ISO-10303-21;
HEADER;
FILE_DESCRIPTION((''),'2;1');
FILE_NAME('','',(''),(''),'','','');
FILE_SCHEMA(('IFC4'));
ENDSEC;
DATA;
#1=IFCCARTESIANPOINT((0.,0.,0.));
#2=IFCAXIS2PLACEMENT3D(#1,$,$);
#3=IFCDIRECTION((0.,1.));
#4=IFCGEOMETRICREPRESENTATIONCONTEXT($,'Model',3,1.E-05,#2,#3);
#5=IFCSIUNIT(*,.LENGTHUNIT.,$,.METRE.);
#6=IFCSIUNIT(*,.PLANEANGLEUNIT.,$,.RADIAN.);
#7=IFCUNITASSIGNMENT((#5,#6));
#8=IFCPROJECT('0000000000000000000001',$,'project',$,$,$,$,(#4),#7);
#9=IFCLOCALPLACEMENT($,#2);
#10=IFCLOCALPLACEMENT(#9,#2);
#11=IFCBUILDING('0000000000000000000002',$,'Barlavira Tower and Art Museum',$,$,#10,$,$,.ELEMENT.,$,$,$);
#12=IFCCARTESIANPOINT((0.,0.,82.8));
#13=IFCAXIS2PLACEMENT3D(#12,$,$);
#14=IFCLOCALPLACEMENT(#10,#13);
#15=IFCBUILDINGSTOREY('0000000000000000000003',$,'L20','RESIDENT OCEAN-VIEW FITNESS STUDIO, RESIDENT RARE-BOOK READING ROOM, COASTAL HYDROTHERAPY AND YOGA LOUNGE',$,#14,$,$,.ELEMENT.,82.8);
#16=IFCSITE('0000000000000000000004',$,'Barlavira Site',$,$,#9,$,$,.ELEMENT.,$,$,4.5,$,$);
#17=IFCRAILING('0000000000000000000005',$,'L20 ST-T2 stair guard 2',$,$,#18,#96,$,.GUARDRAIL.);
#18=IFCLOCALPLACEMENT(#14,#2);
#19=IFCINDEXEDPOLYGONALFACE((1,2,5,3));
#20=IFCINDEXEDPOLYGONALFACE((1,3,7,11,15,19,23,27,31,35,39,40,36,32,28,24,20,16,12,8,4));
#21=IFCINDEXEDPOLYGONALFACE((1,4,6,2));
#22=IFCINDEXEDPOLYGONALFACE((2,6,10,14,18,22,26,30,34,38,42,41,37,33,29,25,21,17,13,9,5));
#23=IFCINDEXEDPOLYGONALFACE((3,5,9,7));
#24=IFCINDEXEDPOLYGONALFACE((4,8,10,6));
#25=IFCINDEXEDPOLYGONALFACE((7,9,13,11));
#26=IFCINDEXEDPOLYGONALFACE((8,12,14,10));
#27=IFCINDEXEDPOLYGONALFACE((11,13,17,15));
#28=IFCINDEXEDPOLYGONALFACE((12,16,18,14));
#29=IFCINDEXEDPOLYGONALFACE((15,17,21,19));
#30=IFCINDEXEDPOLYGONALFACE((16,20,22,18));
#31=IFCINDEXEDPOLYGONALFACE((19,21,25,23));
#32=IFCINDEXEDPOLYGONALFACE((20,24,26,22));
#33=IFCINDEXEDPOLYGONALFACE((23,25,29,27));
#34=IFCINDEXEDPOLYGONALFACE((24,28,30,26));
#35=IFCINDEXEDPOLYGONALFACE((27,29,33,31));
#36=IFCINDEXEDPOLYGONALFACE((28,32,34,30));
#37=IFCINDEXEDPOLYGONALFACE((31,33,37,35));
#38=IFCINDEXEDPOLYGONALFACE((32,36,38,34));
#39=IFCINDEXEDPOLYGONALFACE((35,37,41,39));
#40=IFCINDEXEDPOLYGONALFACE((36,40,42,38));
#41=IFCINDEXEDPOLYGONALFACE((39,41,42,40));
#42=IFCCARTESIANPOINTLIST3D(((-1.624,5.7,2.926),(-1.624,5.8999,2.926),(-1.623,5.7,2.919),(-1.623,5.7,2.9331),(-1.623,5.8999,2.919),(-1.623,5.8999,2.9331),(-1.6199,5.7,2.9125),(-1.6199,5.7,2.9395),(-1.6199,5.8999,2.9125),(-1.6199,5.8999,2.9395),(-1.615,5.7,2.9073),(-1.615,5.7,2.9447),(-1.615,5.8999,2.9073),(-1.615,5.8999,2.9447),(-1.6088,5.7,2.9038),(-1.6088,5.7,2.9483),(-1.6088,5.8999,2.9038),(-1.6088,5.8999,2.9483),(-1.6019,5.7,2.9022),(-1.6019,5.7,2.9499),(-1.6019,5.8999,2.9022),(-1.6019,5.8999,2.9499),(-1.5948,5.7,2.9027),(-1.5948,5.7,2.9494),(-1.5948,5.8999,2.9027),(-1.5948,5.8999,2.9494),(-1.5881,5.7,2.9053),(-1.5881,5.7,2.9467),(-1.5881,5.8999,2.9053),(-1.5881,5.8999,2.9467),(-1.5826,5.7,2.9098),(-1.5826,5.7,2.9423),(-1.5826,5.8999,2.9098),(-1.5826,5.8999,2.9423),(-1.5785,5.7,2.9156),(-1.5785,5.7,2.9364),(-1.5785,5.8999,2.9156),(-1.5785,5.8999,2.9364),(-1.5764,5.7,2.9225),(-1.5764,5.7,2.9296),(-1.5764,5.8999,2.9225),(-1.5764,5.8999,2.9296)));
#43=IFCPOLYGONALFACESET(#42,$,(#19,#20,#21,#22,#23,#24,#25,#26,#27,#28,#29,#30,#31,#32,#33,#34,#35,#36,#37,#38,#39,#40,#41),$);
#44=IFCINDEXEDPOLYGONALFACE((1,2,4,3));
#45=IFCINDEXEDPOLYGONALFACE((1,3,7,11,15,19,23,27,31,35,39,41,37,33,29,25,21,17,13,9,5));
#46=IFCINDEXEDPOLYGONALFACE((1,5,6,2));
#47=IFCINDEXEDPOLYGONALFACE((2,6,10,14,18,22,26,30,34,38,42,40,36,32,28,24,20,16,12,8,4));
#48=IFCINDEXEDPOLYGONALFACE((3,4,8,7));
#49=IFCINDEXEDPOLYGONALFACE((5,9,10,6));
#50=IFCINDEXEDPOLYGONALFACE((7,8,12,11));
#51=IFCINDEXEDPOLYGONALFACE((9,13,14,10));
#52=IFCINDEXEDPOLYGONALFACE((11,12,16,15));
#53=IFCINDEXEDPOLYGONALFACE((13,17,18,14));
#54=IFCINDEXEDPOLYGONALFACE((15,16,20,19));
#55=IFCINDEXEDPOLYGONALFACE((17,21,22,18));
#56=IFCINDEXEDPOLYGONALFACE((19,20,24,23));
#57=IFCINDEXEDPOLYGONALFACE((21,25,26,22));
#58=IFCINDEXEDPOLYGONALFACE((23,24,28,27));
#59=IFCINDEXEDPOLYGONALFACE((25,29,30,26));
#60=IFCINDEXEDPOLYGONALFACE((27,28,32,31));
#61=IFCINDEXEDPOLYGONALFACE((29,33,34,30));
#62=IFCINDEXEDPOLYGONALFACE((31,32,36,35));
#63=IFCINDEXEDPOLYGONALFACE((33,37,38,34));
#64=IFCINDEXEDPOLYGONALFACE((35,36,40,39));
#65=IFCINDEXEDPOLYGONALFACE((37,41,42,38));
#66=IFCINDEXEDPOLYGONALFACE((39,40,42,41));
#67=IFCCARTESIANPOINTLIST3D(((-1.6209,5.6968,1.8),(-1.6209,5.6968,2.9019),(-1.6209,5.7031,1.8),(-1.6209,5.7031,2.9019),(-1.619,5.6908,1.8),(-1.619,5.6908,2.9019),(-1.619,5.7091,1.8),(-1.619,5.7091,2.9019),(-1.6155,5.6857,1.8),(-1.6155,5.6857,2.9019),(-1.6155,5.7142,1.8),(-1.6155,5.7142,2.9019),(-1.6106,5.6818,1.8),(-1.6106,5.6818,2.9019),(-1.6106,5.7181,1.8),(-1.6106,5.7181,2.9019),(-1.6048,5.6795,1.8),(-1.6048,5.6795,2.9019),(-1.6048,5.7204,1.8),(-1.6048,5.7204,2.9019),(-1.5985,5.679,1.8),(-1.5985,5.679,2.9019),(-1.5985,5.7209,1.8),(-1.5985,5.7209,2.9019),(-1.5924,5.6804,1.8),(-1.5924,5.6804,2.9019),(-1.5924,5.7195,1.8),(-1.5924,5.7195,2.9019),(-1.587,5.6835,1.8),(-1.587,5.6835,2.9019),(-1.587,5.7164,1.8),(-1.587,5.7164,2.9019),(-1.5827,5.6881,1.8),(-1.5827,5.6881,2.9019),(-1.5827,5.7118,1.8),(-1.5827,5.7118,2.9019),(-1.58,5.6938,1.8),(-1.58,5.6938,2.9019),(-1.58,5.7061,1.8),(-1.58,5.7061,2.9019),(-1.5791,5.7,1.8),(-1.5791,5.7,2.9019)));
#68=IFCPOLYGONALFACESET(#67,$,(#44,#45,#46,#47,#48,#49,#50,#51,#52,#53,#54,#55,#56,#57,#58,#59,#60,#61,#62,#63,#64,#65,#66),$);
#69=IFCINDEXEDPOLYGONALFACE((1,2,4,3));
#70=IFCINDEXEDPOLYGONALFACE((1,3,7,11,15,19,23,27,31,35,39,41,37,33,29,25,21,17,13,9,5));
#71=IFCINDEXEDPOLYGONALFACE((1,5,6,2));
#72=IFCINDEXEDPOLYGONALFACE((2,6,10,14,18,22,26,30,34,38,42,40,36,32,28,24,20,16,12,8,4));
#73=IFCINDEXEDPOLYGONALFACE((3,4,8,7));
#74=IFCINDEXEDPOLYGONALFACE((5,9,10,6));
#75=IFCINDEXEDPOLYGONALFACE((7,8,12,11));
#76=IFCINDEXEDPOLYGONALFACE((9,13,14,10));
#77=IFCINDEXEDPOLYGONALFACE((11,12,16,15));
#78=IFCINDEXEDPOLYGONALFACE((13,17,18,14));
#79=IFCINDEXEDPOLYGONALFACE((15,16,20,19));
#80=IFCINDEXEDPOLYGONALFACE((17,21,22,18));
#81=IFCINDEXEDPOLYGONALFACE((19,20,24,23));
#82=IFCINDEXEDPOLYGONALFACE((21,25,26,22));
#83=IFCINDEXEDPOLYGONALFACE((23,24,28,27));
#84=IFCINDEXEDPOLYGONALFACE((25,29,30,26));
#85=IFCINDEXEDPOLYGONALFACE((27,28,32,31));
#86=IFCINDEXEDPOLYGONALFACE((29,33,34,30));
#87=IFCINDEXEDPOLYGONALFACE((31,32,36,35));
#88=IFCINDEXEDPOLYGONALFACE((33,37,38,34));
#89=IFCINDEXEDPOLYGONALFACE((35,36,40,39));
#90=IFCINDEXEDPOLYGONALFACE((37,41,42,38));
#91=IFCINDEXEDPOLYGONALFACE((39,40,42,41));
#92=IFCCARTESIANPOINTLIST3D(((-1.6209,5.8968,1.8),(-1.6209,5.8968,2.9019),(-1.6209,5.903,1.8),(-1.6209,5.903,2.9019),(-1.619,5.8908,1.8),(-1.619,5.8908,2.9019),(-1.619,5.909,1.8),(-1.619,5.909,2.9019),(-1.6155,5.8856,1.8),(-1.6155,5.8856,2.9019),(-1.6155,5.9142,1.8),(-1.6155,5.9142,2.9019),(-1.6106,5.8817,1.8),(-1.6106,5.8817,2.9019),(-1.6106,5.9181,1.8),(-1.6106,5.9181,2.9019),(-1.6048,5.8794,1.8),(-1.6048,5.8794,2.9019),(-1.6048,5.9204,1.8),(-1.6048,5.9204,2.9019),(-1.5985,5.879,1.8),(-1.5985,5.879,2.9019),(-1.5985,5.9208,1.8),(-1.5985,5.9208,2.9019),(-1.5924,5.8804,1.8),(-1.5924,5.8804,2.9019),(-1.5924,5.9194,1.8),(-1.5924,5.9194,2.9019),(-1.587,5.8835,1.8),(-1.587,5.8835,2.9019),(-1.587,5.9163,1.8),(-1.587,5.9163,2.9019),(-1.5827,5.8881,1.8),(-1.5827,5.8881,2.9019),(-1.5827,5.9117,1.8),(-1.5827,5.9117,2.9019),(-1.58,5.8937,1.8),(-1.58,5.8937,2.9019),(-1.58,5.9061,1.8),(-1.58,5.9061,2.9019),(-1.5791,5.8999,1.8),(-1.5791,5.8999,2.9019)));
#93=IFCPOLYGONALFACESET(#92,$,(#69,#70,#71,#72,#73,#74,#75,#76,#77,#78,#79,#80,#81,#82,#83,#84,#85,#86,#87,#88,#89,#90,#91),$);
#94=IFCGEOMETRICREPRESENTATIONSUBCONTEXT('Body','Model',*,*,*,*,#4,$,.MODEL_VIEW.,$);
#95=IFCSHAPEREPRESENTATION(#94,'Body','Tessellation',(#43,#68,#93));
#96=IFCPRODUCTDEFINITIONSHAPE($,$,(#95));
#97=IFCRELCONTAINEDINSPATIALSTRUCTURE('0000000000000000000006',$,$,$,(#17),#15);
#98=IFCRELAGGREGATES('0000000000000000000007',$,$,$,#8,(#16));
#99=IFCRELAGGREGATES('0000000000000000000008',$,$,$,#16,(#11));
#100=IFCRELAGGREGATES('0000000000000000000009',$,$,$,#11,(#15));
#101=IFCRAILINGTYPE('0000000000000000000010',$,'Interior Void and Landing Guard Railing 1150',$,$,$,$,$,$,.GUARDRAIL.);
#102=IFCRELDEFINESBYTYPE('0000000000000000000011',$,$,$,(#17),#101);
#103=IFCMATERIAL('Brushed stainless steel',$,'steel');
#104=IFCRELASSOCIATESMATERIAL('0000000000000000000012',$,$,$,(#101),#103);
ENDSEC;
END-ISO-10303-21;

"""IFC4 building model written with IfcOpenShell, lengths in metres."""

from ifc_helpers import new_model, si_unit, direction, frame, origin, origin_2d, place, context, subcontext, project, spatial, circle, extrude, material, type_object, element, save


model = new_model("IFC4")

# Units and contexts
model_context = context("Model", 3, precision=1e-05, world=origin(), true_north=direction((0.0, 1.0)))
body_context = subcontext(model_context, "Body", "Model", "MODEL_VIEW")
ifc_project = project(units=[si_unit("LENGTHUNIT", "METRE"), si_unit("PLANEANGLEUNIT", "RADIAN")], contexts=[model_context])

# Site, building, storey
site_placement = place(None, origin())
site = spatial("IfcSite", under=ifc_project, at=site_placement, Name="Barlavira Site", CompositionType="ELEMENT", RefElevation=4.5)
building_placement = place(site_placement, origin())
building = spatial("IfcBuilding", under=site, at=building_placement, Name="Barlavira Tower and Art Museum", CompositionType="ELEMENT")
storey_placement = place(building_placement, frame((0.0, 0.0, 82.8)))
storey = spatial("IfcBuildingStorey", under=building, at=storey_placement, Name="L20", Description="RESIDENT OCEAN-VIEW FITNESS STUDIO, RESIDENT RARE-BOOK READING ROOM, COASTAL HYDROTHERAPY AND YOGA LOUNGE", CompositionType="ELEMENT", Elevation=82.8)

# Shared definitions
ifc_material_1 = material(Name="Brushed stainless steel", Category="steel")

# Railing
railing_type = type_object("IfcRailingType", Name="Interior Void and Landing Guard Railing 1150", PredefinedType="GUARDRAIL", material=ifc_material_1)
railing_placement = place(storey_placement, frame((-1.6001, 5.7, 1.8)))
element("IfcRailing", 1, at=railing_placement, inside=storey, type_object=railing_type, Name="L20 ST-T2 stair guard 2", PredefinedType="GUARDRAIL", context=body_context, shape_type="SweptSolid", body=[
    extrude(circle(Radius=0.0239, at=origin_2d()), frame((0.0, 0.0, 1.126), z_axis=(0.0, 1.0, 0.0), x_axis=(-1.0, 0.0, 0.0)), (0.0, 0.0, 1.0), 0.2),
    extrude(circle(Radius=0.021, at=origin_2d()), origin(), (0.0, 0.0, 1.0), 1.1018),
    extrude(circle(Radius=0.021, at=origin_2d()), frame((0.0, 0.2, 0.0)), (0.0, 0.0, 1.0), 1.1018),
])

save(model, "model.ifc")
